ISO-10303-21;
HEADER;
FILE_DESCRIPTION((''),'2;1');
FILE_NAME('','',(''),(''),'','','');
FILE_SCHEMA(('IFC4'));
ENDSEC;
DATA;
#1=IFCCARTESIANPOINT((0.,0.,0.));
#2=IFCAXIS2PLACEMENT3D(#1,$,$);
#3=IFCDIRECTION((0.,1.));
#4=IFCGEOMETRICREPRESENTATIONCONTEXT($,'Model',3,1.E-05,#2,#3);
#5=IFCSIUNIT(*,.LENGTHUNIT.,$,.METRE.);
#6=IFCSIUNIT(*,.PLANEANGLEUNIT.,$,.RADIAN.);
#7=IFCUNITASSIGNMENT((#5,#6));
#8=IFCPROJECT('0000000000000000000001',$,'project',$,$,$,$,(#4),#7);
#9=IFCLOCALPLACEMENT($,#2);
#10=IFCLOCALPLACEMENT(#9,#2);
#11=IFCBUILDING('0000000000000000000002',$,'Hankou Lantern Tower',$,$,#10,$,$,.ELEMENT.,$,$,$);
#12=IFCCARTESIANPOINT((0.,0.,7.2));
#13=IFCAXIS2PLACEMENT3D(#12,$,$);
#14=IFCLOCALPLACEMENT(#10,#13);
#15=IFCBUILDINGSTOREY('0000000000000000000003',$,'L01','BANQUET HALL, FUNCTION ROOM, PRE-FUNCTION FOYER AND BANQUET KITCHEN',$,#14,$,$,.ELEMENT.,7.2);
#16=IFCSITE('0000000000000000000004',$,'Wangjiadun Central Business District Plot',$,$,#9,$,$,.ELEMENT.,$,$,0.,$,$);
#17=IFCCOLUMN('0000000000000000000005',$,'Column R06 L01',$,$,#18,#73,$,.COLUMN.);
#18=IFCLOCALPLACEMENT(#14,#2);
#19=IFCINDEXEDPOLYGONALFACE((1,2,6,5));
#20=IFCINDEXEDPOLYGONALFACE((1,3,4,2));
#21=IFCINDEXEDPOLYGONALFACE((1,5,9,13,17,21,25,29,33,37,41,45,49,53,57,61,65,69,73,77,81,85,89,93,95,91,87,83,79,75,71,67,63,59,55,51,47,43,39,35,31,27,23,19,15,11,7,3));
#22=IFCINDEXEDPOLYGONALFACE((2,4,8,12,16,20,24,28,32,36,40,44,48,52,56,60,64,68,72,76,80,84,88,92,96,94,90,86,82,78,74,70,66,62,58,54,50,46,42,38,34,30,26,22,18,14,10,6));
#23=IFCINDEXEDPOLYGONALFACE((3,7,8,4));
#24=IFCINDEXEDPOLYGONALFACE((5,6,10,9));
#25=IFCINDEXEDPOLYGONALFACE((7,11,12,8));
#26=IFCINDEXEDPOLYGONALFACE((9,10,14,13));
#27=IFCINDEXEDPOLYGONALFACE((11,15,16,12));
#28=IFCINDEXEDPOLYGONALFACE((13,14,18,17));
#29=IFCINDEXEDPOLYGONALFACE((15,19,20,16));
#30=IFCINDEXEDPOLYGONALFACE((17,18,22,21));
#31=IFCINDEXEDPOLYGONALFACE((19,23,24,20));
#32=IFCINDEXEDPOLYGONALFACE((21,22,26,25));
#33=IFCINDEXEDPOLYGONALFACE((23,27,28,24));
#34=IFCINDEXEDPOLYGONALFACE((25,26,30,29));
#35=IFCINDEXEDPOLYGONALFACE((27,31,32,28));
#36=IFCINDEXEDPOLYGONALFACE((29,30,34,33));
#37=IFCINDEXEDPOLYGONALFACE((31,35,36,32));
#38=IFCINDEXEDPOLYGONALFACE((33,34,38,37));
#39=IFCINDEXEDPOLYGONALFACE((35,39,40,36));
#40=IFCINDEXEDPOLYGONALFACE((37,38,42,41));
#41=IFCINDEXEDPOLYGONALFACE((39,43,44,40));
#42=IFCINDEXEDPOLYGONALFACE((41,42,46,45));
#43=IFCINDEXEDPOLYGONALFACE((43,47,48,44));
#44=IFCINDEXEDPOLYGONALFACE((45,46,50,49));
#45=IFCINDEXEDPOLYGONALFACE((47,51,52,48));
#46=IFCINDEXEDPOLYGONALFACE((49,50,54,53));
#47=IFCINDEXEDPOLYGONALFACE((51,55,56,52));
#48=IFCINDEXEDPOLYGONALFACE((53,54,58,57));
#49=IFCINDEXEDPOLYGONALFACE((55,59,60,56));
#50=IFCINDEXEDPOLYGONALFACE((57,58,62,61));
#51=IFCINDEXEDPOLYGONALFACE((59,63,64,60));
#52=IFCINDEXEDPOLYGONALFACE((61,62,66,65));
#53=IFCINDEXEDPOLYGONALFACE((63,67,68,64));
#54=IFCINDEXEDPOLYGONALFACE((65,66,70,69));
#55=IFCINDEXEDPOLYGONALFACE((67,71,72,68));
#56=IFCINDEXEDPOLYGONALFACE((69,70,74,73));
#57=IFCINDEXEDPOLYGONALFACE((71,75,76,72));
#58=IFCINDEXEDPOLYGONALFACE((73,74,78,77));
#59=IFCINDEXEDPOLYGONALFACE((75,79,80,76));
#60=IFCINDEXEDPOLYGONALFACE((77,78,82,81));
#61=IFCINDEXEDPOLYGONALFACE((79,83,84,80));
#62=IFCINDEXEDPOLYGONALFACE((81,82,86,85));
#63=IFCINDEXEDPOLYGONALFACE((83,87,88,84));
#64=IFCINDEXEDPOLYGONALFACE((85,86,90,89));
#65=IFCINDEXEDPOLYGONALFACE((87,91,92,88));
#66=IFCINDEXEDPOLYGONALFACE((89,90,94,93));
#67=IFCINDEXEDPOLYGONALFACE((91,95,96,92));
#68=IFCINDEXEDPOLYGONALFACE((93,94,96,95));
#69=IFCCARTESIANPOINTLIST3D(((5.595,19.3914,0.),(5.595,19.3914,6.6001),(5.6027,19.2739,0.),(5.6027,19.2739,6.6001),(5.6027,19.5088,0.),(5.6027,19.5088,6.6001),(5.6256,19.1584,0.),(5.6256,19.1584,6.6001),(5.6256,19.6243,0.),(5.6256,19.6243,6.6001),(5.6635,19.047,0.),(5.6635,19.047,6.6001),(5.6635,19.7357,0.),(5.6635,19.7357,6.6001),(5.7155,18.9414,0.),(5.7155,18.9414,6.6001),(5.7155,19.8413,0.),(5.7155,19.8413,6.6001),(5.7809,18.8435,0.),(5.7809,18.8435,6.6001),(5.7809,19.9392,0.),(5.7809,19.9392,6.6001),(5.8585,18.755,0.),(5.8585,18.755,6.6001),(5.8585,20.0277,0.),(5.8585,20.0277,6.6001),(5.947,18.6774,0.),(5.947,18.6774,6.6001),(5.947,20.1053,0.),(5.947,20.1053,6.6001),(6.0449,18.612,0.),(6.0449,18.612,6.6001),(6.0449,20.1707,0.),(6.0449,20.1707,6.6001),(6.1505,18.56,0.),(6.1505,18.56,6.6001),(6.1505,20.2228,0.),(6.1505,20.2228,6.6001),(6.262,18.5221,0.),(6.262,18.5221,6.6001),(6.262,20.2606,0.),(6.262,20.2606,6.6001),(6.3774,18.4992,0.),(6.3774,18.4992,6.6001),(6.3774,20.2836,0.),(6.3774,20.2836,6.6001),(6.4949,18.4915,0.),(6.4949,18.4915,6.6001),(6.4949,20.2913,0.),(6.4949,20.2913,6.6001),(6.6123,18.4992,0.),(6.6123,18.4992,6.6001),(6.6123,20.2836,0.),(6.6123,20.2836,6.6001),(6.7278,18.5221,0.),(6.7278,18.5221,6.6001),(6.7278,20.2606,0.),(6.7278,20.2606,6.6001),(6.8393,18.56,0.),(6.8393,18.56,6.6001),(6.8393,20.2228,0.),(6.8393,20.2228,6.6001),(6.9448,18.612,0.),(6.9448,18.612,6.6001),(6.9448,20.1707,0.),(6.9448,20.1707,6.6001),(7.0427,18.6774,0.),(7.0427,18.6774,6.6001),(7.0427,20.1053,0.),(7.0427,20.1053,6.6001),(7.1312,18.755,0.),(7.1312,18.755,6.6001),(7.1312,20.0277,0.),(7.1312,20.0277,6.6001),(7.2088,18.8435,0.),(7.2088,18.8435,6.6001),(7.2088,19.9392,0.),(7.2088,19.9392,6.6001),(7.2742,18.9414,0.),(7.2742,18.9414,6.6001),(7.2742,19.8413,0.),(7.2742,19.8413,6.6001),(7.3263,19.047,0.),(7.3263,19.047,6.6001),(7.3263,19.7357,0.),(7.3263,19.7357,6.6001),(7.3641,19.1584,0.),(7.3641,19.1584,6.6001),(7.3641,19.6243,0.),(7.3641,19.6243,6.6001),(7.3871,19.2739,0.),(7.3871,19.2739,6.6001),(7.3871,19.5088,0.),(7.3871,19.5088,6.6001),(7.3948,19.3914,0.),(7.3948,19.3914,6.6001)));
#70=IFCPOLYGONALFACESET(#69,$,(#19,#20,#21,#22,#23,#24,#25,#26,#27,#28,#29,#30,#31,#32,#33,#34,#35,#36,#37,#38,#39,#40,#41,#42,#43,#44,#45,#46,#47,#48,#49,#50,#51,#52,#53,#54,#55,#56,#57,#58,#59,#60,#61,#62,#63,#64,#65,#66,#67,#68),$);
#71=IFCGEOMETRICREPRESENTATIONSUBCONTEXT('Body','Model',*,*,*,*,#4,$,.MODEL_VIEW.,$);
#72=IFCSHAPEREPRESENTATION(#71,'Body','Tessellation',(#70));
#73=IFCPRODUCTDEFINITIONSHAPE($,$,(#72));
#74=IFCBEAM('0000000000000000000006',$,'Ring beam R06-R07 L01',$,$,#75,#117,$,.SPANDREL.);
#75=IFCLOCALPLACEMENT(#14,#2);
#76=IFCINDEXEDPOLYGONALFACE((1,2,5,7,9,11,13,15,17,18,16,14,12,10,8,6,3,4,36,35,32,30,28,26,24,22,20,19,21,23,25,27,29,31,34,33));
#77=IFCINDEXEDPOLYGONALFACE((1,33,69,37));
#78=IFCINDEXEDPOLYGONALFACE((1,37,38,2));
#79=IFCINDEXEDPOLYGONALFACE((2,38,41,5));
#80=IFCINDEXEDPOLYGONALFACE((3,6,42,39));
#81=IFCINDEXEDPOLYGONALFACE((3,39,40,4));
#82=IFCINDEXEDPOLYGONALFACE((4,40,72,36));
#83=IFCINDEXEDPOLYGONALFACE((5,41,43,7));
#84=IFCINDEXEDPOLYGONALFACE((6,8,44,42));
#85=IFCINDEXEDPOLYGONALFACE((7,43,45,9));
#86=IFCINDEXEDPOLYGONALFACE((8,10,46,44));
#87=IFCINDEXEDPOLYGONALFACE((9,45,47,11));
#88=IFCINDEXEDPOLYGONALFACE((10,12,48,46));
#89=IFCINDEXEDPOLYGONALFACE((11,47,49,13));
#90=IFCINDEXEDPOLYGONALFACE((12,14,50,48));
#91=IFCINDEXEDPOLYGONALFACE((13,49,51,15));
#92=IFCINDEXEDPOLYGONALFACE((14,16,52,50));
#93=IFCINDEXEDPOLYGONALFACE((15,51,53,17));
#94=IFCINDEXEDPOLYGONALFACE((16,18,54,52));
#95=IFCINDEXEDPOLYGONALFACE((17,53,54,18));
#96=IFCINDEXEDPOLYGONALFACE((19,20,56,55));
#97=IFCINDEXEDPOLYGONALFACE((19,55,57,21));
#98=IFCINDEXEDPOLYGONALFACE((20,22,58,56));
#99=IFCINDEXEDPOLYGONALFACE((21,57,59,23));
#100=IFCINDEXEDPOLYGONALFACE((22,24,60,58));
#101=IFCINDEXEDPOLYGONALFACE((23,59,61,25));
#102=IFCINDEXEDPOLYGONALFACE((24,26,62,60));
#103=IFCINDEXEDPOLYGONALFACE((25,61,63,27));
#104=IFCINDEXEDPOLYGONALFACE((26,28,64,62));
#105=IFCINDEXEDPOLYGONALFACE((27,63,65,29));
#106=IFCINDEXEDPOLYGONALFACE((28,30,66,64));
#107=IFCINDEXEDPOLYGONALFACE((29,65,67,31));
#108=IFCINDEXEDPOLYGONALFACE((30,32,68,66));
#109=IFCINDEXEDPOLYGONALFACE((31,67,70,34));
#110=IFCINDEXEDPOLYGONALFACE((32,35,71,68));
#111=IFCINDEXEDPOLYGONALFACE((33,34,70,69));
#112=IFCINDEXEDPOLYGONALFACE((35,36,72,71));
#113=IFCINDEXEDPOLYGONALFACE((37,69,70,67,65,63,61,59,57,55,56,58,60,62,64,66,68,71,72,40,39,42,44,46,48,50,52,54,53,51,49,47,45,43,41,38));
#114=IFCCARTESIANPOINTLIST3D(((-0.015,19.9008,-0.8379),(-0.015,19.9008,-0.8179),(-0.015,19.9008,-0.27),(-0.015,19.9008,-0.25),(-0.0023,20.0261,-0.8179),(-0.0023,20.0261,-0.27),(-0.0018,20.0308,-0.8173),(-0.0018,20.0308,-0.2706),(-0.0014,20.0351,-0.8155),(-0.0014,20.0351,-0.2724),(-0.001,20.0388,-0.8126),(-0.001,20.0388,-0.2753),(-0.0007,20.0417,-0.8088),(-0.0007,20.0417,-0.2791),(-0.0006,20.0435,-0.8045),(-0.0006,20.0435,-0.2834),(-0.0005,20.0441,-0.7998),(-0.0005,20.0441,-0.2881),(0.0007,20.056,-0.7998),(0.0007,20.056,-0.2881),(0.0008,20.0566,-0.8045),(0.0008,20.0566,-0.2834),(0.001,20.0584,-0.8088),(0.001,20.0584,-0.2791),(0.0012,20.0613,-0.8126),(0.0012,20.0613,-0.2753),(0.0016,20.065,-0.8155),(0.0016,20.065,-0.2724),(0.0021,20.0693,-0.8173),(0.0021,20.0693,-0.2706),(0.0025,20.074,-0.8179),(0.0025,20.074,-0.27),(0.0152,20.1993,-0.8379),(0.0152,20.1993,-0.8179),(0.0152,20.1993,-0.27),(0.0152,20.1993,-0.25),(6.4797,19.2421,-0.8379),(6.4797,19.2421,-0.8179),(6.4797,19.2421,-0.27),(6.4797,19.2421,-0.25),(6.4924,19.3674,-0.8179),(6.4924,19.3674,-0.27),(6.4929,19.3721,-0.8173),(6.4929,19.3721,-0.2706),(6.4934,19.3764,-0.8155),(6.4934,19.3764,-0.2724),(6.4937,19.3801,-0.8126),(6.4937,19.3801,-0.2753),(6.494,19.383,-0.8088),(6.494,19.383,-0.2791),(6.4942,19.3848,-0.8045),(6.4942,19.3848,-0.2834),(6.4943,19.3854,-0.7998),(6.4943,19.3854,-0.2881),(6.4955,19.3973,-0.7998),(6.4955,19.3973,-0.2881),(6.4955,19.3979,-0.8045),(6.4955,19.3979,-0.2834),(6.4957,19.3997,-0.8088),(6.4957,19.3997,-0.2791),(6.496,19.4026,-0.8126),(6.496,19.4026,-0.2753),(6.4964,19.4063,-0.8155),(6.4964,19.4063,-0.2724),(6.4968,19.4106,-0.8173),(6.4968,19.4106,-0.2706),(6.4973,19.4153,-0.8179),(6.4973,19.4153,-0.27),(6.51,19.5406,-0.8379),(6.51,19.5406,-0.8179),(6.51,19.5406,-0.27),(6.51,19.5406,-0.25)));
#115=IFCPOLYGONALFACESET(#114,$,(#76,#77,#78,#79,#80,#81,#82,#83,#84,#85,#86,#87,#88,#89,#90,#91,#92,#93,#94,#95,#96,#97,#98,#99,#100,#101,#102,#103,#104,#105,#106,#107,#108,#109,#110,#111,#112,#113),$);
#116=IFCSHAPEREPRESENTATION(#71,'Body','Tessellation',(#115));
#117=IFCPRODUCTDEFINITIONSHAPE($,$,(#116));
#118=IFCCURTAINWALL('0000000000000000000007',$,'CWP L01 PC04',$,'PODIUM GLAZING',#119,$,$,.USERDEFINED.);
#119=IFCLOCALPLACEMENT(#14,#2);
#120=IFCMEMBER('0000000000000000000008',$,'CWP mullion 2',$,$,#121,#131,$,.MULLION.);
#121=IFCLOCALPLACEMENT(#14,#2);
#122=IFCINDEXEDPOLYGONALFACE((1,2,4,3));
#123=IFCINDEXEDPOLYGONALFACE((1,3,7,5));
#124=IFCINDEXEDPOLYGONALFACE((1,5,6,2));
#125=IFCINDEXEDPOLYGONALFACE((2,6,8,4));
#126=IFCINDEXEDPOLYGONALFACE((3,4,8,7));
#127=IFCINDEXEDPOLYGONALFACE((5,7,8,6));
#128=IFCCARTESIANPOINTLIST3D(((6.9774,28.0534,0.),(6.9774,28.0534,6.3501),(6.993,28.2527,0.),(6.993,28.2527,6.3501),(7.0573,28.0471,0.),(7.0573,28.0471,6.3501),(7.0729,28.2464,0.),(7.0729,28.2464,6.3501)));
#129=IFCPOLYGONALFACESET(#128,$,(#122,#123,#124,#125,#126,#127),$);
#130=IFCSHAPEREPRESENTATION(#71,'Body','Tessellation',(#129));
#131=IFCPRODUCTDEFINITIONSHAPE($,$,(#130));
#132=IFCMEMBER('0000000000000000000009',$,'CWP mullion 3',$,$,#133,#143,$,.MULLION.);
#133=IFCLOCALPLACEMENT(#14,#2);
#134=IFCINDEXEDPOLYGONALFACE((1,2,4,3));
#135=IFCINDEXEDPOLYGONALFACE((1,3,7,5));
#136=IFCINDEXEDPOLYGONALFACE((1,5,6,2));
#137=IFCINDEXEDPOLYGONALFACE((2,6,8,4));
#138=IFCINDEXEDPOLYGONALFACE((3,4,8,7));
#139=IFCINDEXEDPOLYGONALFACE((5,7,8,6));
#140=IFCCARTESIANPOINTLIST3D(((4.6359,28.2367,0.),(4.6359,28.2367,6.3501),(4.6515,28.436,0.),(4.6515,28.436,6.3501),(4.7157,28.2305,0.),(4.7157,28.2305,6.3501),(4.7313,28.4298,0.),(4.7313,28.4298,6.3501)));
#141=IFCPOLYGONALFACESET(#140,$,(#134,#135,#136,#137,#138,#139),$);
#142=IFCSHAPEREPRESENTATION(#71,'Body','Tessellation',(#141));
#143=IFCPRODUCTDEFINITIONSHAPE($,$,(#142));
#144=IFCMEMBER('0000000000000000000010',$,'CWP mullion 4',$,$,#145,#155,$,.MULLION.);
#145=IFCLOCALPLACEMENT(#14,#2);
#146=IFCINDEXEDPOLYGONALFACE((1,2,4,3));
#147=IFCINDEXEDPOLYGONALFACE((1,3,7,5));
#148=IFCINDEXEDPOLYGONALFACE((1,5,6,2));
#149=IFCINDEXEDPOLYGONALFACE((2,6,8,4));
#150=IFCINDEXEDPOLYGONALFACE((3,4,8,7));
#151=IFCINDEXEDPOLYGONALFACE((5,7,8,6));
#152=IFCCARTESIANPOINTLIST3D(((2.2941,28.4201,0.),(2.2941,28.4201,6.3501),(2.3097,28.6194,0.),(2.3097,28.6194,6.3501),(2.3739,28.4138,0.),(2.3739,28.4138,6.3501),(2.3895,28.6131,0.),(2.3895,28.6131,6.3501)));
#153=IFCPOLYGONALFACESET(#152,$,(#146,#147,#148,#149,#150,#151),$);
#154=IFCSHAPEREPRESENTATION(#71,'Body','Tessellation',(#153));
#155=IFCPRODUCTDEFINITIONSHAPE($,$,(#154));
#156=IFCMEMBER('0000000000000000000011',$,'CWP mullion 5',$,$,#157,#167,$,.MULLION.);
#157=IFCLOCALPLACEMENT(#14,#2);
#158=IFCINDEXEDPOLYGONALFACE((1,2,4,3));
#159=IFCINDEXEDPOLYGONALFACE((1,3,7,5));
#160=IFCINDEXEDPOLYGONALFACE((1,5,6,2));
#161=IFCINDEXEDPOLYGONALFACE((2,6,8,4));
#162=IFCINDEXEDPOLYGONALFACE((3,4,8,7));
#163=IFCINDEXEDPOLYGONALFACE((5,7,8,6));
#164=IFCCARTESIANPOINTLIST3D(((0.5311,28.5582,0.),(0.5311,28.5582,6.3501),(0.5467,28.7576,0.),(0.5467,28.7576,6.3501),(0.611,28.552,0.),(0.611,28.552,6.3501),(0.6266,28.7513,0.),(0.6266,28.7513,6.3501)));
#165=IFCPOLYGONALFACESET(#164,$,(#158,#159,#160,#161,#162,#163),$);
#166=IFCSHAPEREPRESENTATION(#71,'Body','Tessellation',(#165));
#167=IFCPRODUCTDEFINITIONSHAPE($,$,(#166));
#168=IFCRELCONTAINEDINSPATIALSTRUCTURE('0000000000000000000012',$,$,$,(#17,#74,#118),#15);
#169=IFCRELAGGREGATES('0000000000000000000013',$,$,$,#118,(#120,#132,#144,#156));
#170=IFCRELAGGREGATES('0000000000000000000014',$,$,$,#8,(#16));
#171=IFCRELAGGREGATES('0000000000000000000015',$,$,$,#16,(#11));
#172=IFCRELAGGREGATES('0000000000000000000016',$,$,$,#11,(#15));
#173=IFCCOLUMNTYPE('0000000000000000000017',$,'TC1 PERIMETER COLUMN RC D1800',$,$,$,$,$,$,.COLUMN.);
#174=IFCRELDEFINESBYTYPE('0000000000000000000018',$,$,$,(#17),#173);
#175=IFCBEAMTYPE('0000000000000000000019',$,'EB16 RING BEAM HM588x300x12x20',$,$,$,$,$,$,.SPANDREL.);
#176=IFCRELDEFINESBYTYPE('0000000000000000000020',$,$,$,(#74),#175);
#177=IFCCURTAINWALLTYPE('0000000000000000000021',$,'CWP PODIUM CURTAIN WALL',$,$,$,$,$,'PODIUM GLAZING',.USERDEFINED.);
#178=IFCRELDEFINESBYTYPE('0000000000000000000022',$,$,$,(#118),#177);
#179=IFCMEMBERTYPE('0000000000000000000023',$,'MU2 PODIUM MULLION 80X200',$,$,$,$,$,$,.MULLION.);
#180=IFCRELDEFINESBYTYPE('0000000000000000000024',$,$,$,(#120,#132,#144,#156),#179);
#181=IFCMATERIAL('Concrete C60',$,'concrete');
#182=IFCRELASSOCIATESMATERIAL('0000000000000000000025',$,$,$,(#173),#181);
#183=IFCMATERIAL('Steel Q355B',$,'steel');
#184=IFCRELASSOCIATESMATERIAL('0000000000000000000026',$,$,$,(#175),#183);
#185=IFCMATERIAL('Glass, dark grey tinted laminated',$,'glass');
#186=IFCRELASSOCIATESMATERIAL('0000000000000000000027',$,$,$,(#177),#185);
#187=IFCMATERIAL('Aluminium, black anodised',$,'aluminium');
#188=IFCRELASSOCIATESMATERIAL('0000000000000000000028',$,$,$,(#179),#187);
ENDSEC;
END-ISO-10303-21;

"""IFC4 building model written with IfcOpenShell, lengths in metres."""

from ifc_helpers import new_model, si_unit, direction, frame, origin, origin_2d, place, context, subcontext, project, spatial, rectangle, circle, i_section, extrude, material, material_profile, profile_set, type_object, element, aggregate, save


model = new_model("IFC4")

# Units and contexts
model_context = context("Model", 3, precision=1e-05, world=origin(), true_north=direction((0.0, 1.0)))
body_context = subcontext(model_context, "Body", "Model", "MODEL_VIEW")
ifc_project = project(units=[si_unit("LENGTHUNIT", "METRE"), si_unit("PLANEANGLEUNIT", "RADIAN")], contexts=[model_context])

# Site, building, storey
site_placement = place(None, origin())
site = spatial("IfcSite", under=ifc_project, at=site_placement, Name="Wangjiadun Central Business District Plot", CompositionType="ELEMENT", RefElevation=0.0)
building_placement = place(site_placement, origin())
building = spatial("IfcBuilding", under=site, at=building_placement, Name="Hankou Lantern Tower", CompositionType="ELEMENT")
storey_placement = place(building_placement, frame((0.0, 0.0, 7.2)))
storey = spatial("IfcBuildingStorey", under=building, at=storey_placement, Name="L01", Description="BANQUET HALL, FUNCTION ROOM, PRE-FUNCTION FOYER AND BANQUET KITCHEN", CompositionType="ELEMENT", Elevation=7.2)

# Column
ifc_material_1 = material(Name="Concrete C60", Category="concrete")
ifc_material_profile_1 = material_profile(ifc_material_1, circle(Radius=0.8999, at=origin_2d()), Name="RC D1800")
ifc_profile_set_1 = profile_set([ifc_material_profile_1], Name="Concrete C60")
column_type = type_object("IfcColumnType", Name="TC1 PERIMETER COLUMN RC D1800", PredefinedType="COLUMN", material=ifc_profile_set_1)
column_placement = place(storey_placement, frame((6.4949, 19.3914, 0.0), z_axis=(0.0, 0.0, 1.0), x_axis=(1.0, 0.0, 0.0)))
element("IfcColumn", 1, at=column_placement, inside=storey, type_object=column_type, Name="Column R06 L01", PredefinedType="COLUMN", context=body_context, shape_type="SweptSolid", body=[
    extrude(circle(Radius=0.8999, at=origin_2d()), origin(), (0.0, 0.0, 1.0), 6.6001),
])

# Beam
ifc_material_2 = material(Name="Steel Q355B", Category="steel")
ifc_material_profile_2 = material_profile(ifc_material_2, i_section(OverallWidth=0.3, OverallDepth=0.5879, WebThickness=0.012, FlangeThickness=0.02, FilletRadius=0.0181, at=origin_2d()), Name="HM588x300x12x20")
ifc_profile_set_2 = profile_set([ifc_material_profile_2], Name="Steel Q355B")
beam_type_1 = type_object("IfcBeamType", Name="EB16 RING BEAM HM588x300x12x20", PredefinedType="SPANDREL", material=ifc_profile_set_2)
beam_1_placement = place(storey_placement, frame((6.4949, 19.3914, -0.5439), z_axis=(-0.994897, 0.1009, 0.0), x_axis=(-0.1009, -0.994897, 0.0)))
element("IfcBeam", 2, at=beam_1_placement, inside=storey, type_object=beam_type_1, Name="Ring beam R06-R07 L01", PredefinedType="SPANDREL", context=body_context, shape_type="SweptSolid", body=[
    extrude(i_section(OverallWidth=0.3, OverallDepth=0.5879, WebThickness=0.012, FlangeThickness=0.02, FilletRadius=0.0181, at=origin_2d()), origin(), (0.0, 0.0, 1.0), 6.5281),
])

# Curtain wall, members
ifc_material_3 = material(Name="Glass, dark grey tinted laminated", Category="glass")
curtain_wall_type = type_object("IfcCurtainWallType", Name="CWP PODIUM CURTAIN WALL", ElementType="PODIUM GLAZING", PredefinedType="USERDEFINED", material=ifc_material_3)
curtain_wall_placement = place(storey_placement, origin())
curtain_wall = element("IfcCurtainWall", 3, at=curtain_wall_placement, inside=storey, type_object=curtain_wall_type, Name="CWP L01 PC04", ObjectType="PODIUM GLAZING", PredefinedType="USERDEFINED")
ifc_material_4 = material(Name="Aluminium, black anodised", Category="aluminium")
ifc_material_profile_3 = material_profile(ifc_material_4, rectangle(XDim=0.0801, YDim=0.2, at=origin_2d()), Name="MU2 80X200")
ifc_profile_set_3 = profile_set([ifc_material_profile_3], Name="Aluminium, black anodised")
member_type_1 = type_object("IfcMemberType", Name="MU2 PODIUM MULLION 80X200", PredefinedType="MULLION", material=ifc_profile_set_3)
member_1_placement = place(storey_placement, frame((7.0251, 28.1499, 0.0), z_axis=(0.0, 0.0, 1.0), x_axis=(-0.996949, 0.078062, 0.0)))
member_1 = element("IfcMember", 4, at=member_1_placement, type_object=member_type_1, Name="CWP mullion 2", PredefinedType="MULLION", context=body_context, shape_type="SweptSolid", body=[
    extrude(rectangle(XDim=0.0801, YDim=0.2, at=origin_2d()), origin(), (0.0, 0.0, 1.0), 6.3501),
])
member_2_placement = place(storey_placement, frame((4.6836, 28.3333, 0.0), z_axis=(0.0, 0.0, 1.0), x_axis=(-0.996949, 0.078062, 0.0)))
member_2 = element("IfcMember", 5, at=member_2_placement, type_object=member_type_1, Name="CWP mullion 3", PredefinedType="MULLION", context=body_context, shape_type="SweptSolid", body=[
    extrude(rectangle(XDim=0.0801, YDim=0.2, at=origin_2d()), origin(), (0.0, 0.0, 1.0), 6.3501),
])
member_3_placement = place(storey_placement, frame((2.3418, 28.5166, 0.0), z_axis=(0.0, 0.0, 1.0), x_axis=(-0.996949, 0.078062, 0.0)))
member_3 = element("IfcMember", 6, at=member_3_placement, type_object=member_type_1, Name="CWP mullion 4", PredefinedType="MULLION", context=body_context, shape_type="SweptSolid", body=[
    extrude(rectangle(XDim=0.0801, YDim=0.2, at=origin_2d()), origin(), (0.0, 0.0, 1.0), 6.3501),
])
member_4_placement = place(storey_placement, frame((0.5789, 28.6548, 0.0), z_axis=(0.0, 0.0, 1.0), x_axis=(-0.996949, 0.078062, 0.0)))
member_4 = element("IfcMember", 7, at=member_4_placement, type_object=member_type_1, Name="CWP mullion 5", PredefinedType="MULLION", context=body_context, shape_type="SweptSolid", body=[
    extrude(rectangle(XDim=0.0801, YDim=0.2, at=origin_2d()), origin(), (0.0, 0.0, 1.0), 6.3501),
])

aggregate(curtain_wall, [member_1, member_2, member_3, member_4])

save(model, "model.ifc")
